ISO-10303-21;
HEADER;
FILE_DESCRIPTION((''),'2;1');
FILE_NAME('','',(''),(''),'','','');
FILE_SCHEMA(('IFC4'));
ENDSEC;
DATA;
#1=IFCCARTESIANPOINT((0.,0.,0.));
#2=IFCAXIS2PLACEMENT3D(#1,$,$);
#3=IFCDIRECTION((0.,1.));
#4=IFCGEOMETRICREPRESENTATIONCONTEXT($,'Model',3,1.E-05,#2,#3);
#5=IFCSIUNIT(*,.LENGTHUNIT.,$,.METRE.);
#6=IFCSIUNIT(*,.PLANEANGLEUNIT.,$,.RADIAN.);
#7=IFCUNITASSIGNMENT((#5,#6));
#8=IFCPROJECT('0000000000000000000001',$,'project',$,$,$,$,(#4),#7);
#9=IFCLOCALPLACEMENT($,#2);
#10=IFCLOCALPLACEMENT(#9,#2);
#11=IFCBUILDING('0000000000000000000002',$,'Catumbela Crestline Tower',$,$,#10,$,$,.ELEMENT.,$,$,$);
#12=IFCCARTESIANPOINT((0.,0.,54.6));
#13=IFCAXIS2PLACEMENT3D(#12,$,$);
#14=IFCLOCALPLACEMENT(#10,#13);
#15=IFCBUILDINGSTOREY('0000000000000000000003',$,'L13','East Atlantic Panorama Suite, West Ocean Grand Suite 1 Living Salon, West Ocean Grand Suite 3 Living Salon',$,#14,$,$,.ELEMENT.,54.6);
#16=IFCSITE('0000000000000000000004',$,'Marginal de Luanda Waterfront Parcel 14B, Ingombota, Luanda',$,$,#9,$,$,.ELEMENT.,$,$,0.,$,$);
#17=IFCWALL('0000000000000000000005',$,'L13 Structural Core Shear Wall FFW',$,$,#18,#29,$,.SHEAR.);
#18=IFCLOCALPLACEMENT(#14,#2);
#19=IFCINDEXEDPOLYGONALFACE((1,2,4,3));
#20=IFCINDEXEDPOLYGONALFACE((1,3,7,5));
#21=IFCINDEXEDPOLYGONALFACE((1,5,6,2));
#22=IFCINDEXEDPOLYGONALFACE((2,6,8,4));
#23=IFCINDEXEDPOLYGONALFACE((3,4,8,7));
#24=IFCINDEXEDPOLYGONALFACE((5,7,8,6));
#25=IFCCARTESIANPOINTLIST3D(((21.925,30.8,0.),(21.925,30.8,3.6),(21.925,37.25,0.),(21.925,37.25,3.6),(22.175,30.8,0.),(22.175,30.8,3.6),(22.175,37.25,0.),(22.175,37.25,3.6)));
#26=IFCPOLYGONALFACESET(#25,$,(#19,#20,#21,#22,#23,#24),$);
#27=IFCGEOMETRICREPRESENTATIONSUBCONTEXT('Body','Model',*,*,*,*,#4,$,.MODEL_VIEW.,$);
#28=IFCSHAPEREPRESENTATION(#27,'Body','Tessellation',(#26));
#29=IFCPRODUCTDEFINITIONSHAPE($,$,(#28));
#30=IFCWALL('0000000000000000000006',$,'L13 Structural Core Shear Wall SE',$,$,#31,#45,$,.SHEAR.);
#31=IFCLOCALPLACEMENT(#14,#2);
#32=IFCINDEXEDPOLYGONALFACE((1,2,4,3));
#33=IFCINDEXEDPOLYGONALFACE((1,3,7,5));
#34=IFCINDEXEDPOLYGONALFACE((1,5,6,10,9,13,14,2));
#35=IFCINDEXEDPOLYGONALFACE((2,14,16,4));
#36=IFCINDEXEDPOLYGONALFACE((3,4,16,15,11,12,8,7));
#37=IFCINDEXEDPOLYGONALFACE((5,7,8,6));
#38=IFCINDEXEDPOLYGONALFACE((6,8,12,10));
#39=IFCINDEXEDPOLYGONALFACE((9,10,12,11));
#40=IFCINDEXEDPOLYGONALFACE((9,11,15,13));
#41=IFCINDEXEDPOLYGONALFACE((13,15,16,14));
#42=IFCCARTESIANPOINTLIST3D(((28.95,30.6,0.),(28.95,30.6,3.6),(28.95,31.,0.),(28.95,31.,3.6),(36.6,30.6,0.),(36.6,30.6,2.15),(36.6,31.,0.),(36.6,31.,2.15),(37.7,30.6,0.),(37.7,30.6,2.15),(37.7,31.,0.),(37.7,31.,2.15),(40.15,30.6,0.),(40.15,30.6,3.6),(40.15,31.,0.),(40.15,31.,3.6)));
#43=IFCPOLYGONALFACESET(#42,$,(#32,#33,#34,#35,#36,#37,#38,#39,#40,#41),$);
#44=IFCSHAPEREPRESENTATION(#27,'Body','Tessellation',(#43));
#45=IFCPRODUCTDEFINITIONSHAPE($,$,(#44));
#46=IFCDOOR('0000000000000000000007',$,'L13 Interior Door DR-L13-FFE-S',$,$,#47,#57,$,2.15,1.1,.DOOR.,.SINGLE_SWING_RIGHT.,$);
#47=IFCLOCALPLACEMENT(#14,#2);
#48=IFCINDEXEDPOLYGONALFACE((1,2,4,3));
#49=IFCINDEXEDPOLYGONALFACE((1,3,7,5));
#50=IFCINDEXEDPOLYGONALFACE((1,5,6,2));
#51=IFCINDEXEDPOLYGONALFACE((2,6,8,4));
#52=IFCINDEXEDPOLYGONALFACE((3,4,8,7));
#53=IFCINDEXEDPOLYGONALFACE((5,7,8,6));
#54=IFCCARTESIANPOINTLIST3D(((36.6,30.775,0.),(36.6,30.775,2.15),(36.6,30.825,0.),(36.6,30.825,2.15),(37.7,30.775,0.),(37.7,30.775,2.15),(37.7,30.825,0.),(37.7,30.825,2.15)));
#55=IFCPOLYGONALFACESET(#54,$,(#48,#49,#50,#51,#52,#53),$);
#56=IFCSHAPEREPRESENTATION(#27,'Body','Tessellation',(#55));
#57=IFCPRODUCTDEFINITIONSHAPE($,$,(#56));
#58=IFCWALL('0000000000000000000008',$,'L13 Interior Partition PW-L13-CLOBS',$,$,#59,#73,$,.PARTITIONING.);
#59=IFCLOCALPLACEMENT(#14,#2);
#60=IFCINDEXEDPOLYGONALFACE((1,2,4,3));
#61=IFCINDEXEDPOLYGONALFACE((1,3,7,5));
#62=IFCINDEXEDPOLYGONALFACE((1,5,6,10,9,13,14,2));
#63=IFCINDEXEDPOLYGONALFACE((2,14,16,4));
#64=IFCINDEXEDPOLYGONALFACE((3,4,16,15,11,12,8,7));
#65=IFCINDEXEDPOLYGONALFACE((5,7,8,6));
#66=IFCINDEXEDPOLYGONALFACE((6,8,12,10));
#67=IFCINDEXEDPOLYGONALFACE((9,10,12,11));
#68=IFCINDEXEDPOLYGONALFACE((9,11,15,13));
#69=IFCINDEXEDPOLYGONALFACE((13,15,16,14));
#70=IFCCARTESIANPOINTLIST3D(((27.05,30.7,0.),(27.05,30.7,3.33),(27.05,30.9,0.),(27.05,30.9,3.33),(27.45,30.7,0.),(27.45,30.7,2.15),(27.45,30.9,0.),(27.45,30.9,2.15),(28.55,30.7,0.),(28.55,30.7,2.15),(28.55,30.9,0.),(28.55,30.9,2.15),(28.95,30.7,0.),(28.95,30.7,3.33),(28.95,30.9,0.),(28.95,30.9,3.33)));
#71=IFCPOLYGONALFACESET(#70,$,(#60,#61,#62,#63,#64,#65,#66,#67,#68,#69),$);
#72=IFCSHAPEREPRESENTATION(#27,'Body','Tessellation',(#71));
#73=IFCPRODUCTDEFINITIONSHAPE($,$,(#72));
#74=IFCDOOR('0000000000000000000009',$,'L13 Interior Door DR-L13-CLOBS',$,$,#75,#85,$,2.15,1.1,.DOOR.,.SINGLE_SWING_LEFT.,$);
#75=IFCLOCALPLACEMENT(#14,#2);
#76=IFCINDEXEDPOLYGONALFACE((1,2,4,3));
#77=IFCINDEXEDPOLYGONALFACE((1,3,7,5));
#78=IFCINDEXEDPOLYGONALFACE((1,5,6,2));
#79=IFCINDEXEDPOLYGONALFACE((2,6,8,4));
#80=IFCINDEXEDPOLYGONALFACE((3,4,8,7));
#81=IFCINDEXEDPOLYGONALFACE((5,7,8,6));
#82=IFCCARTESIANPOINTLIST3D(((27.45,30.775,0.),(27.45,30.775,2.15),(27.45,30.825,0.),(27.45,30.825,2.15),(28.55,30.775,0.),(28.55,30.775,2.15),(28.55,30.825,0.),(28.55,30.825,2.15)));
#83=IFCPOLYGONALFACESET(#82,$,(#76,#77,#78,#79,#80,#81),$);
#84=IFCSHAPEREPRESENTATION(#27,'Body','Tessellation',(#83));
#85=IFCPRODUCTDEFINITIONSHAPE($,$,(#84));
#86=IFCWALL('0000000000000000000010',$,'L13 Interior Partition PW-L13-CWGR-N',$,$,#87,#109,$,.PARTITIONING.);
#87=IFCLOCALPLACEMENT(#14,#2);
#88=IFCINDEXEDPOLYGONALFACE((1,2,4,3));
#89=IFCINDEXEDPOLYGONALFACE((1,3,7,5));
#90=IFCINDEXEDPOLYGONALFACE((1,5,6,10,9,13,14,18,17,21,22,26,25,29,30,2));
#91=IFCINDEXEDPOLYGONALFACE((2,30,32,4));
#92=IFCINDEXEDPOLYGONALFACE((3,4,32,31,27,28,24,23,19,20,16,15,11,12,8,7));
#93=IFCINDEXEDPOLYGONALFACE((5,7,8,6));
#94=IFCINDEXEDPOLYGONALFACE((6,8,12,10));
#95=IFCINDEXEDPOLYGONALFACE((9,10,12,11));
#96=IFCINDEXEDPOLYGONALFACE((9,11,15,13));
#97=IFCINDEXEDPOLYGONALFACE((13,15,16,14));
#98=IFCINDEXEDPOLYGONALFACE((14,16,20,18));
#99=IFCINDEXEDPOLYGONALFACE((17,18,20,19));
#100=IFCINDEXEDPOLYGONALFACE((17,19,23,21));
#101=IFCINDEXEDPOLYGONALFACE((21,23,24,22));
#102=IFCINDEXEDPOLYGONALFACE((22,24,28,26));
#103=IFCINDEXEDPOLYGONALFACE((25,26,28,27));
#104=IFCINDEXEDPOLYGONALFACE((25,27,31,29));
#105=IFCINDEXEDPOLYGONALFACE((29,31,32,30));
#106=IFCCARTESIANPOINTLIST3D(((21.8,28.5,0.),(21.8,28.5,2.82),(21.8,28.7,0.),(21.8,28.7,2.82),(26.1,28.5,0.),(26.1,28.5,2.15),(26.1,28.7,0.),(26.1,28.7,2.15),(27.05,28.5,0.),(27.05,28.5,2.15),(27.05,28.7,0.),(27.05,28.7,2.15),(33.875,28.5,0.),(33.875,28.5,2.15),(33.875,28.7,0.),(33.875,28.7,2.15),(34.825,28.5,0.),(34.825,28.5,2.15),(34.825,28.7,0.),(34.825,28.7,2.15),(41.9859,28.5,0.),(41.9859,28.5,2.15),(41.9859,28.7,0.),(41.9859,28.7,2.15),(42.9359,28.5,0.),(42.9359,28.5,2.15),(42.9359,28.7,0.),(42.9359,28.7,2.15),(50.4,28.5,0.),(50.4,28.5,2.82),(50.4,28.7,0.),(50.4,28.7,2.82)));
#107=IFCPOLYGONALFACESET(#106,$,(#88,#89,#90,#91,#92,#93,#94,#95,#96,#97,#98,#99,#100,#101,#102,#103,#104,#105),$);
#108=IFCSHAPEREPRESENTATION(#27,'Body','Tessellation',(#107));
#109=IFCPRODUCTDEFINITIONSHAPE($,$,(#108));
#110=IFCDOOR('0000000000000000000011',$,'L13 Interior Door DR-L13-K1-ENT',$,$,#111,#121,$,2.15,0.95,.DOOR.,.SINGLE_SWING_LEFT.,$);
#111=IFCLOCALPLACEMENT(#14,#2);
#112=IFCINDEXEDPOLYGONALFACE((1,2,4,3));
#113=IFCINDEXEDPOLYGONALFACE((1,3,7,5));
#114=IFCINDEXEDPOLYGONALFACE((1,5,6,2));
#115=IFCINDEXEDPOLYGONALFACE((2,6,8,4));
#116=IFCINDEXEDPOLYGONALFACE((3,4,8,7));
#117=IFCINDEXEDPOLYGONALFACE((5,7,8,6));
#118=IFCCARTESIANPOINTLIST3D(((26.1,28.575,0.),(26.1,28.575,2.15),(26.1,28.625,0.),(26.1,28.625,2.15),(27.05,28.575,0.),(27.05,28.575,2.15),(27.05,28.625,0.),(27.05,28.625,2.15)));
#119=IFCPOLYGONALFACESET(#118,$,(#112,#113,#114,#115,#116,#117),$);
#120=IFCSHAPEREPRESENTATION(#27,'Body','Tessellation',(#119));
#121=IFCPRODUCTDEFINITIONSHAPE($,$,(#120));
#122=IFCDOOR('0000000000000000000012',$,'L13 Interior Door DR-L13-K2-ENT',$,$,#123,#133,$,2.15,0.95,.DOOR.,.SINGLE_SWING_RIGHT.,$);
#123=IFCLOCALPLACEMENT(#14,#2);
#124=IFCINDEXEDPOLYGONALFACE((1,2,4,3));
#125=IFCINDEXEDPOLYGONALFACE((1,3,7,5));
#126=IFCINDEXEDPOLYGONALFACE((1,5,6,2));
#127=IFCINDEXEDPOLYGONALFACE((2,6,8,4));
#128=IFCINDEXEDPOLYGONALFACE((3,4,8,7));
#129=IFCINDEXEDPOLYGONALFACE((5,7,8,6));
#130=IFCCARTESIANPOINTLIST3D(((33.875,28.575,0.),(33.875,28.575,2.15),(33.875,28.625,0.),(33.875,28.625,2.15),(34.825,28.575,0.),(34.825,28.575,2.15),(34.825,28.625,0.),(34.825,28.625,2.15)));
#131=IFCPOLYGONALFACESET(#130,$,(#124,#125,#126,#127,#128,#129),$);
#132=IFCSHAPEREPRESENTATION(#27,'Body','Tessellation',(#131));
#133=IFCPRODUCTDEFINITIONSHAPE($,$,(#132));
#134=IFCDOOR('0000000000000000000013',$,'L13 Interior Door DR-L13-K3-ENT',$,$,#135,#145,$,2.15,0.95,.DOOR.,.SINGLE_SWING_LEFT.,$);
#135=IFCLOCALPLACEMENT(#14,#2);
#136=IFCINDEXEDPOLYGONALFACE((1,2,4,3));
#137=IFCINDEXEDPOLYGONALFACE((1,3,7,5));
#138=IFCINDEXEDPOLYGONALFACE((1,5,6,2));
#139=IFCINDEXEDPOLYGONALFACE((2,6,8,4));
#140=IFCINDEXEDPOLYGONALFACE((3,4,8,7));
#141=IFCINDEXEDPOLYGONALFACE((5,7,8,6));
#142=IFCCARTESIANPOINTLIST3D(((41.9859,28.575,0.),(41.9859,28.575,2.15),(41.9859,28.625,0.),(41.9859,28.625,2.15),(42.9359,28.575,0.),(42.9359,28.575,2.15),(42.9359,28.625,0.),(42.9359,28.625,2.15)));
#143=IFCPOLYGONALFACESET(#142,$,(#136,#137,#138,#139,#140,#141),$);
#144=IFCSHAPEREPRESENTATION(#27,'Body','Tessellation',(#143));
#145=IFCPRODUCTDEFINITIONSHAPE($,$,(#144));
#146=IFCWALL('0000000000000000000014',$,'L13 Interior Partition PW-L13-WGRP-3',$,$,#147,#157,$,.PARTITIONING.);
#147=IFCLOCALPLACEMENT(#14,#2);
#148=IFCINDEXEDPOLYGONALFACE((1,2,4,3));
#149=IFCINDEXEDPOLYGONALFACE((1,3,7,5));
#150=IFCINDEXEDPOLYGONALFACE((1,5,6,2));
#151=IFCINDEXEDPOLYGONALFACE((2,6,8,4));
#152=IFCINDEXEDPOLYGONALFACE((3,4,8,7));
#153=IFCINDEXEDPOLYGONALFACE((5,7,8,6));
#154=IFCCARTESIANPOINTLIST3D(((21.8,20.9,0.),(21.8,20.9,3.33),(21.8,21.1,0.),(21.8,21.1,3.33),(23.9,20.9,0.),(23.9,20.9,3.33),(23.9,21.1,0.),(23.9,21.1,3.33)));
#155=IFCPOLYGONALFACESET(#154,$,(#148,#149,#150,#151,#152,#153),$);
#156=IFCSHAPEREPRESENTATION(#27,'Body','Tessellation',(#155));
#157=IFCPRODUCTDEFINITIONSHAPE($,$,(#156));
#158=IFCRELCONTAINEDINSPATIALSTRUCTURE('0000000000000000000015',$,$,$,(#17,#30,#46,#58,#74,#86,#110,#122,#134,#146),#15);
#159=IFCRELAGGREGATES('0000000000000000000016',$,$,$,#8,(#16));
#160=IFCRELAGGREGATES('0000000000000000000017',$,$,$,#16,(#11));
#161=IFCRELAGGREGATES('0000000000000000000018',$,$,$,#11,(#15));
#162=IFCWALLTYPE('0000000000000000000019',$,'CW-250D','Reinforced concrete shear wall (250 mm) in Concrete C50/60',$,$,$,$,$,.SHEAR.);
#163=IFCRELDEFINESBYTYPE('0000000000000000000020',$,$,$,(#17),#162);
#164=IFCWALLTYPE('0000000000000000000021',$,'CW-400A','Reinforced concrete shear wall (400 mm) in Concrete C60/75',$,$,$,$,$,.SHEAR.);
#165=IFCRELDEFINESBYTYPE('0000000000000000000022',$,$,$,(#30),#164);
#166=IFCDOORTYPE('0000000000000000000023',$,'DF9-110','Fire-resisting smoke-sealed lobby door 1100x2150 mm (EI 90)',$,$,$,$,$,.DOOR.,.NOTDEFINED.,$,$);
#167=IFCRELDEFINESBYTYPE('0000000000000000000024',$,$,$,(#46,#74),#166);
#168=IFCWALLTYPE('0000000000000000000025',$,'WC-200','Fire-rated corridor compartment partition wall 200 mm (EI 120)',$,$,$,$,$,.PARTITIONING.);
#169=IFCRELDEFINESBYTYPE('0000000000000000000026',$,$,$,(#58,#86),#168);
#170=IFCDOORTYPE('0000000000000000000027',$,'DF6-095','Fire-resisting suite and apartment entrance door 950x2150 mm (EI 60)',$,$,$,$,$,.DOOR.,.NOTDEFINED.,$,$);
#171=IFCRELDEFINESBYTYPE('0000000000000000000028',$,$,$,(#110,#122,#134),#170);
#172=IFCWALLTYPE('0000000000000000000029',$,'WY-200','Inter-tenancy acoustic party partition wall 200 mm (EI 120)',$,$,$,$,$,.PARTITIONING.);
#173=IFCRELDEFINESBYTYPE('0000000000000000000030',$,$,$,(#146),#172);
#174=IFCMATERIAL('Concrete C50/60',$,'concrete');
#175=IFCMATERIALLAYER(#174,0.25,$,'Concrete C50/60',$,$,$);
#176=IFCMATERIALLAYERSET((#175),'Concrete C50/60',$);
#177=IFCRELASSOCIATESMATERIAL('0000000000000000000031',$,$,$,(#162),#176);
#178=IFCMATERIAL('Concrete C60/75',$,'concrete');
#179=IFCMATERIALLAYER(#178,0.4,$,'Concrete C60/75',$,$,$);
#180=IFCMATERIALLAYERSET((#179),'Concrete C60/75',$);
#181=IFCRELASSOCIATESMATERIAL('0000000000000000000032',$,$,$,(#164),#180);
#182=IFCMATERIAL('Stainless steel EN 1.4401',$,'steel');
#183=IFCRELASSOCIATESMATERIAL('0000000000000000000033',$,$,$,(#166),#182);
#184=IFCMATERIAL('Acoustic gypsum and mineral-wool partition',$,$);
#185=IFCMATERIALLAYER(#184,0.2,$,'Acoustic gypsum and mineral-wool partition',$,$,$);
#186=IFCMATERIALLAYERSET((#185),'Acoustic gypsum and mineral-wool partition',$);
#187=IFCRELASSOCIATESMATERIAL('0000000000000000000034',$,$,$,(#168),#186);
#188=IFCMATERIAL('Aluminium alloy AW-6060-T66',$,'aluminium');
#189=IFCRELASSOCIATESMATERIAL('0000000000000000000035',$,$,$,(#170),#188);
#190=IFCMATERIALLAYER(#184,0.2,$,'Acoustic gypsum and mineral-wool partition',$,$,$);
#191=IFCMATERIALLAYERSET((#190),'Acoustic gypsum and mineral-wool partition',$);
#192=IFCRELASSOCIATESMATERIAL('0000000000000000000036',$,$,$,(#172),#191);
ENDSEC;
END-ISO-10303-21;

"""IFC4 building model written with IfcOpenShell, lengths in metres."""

from ifc_helpers import new_model, si_unit, direction, frame, frame_2d, origin, place, context, subcontext, project, spatial, rectangle, extrude, material, layer, layer_set, type_object, element, fill, save


model = new_model("IFC4")

# Units and contexts
model_context = context("Model", 3, precision=1e-05, world=origin(), true_north=direction((0.0, 1.0)))
body_context = subcontext(model_context, "Body", "Model", "MODEL_VIEW")
ifc_project = project(units=[si_unit("LENGTHUNIT", "METRE"), si_unit("PLANEANGLEUNIT", "RADIAN")], contexts=[model_context])

# Site, building, storey
site_placement = place(None, origin())
site = spatial("IfcSite", under=ifc_project, at=site_placement, Name="Marginal de Luanda Waterfront Parcel 14B, Ingombota, Luanda", CompositionType="ELEMENT", RefElevation=0.0)
building_placement = place(site_placement, origin())
building = spatial("IfcBuilding", under=site, at=building_placement, Name="Catumbela Crestline Tower", CompositionType="ELEMENT")
storey_placement = place(building_placement, frame((0.0, 0.0, 54.6)))
storey = spatial("IfcBuildingStorey", under=building, at=storey_placement, Name="L13", Description="East Atlantic Panorama Suite, West Ocean Grand Suite 1 Living Salon, West Ocean Grand Suite 3 Living Salon", CompositionType="ELEMENT", Elevation=54.6)

# Shared definitions
ifc_material_1 = material(Name="Concrete C60/75", Category="concrete")

# Shared definitions
ifc_material_2 = material(Name="Aluminium alloy AW-6060-T66", Category="aluminium")

# Wall
ifc_material_3 = material(Name="Concrete C50/60", Category="concrete")
ifc_layer_1 = layer(ifc_material_3, 0.25, Name="Concrete C50/60")
ifc_layer_set_1 = layer_set([ifc_layer_1], Name="Concrete C50/60")
wall_type_1 = type_object("IfcWallType", Name="CW-250D", Description="Reinforced concrete shear wall (250 mm) in Concrete C50/60", PredefinedType="SHEAR", material=ifc_layer_set_1)
wall_1_placement = place(storey_placement, frame((22.05, 30.8, 0.0), z_axis=(0.0, 0.0, 1.0), x_axis=(0.0, 1.0, 0.0)))
element("IfcWall", 1, at=wall_1_placement, inside=storey, type_object=wall_type_1, Name="L13 Structural Core Shear Wall FFW", PredefinedType="SHEAR", context=body_context, shape_type="SweptSolid", body=[
    extrude(rectangle(XDim=6.45, YDim=0.25, at=frame_2d((3.225, 0.0))), origin(), (0.0, 0.0, 1.0), 3.6),
])

# Walls, openings, doors
ifc_layer_2 = layer(ifc_material_1, 0.4, Name="Concrete C60/75")
ifc_layer_set_2 = layer_set([ifc_layer_2], Name="Concrete C60/75")
wall_type_2 = type_object("IfcWallType", Name="CW-400A", Description="Reinforced concrete shear wall (400 mm) in Concrete C60/75", PredefinedType="SHEAR", material=ifc_layer_set_2)
wall_2_placement = place(storey_placement, frame((28.95, 30.8, 0.0), z_axis=(0.0, 0.0, 1.0), x_axis=(1.0, 0.0, 0.0)))
wall_2 = element("IfcWall", 2, at=wall_2_placement, inside=storey, type_object=wall_type_2, Name="L13 Structural Core Shear Wall SE", PredefinedType="SHEAR", context=body_context, shape_type="SweptSolid", body=[
    extrude(rectangle(XDim=11.2, YDim=0.4, at=frame_2d((5.6, 0.0))), origin(), (0.0, 0.0, 1.0), 3.6),
])
opening_1_placement = place(wall_2_placement, frame((7.65, 0.0, 0.0)))
opening_1 = element("IfcOpeningElement", 3, at=opening_1_placement, cuts=wall_2, PredefinedType="OPENING", context=body_context, shape_type="SweptSolid", body=[
    extrude(rectangle(XDim=1.1, YDim=2.15, at=frame_2d((0.55, 1.075))), frame((0.0, 0.21, 0.0), z_axis=(0.0, -1.0, 0.0), x_axis=(1.0, 0.0, 0.0)), (0.0, 0.0, 1.0), 0.42),
])
ifc_material_4 = material(Name="Stainless steel EN 1.4401", Category="steel")
door_type_1 = type_object("IfcDoorType", Name="DF9-110", Description="Fire-resisting smoke-sealed lobby door 1100x2150 mm (EI 90)", OperationType="NOTDEFINED", PredefinedType="DOOR", material=ifc_material_4)
door_1_placement = place(opening_1_placement, origin())
door_1 = element("IfcDoor", 4, at=door_1_placement, inside=storey, type_object=door_type_1, Name="L13 Interior Door DR-L13-FFE-S", OperationType="SINGLE_SWING_RIGHT", OverallHeight=2.15, OverallWidth=1.1, PredefinedType="DOOR", context=body_context, shape_type="SweptSolid", body=[
    extrude(rectangle(XDim=1.1, YDim=2.15, at=frame_2d((0.55, 1.075))), frame((0.0, 0.025, 0.0), z_axis=(0.0, -1.0, 0.0), x_axis=(1.0, 0.0, 0.0)), (0.0, 0.0, 1.0), 0.05),
])
fill(opening_1, door_1)
ifc_material_5 = material(Name="Acoustic gypsum and mineral-wool partition")
ifc_layer_3 = layer(ifc_material_5, 0.2, Name="Acoustic gypsum and mineral-wool partition")
ifc_layer_set_3 = layer_set([ifc_layer_3], Name="Acoustic gypsum and mineral-wool partition")
wall_type_3 = type_object("IfcWallType", Name="WC-200", Description="Fire-rated corridor compartment partition wall 200 mm (EI 120)", PredefinedType="PARTITIONING", material=ifc_layer_set_3)
wall_3_placement = place(storey_placement, frame((27.05, 30.8, 0.0), z_axis=(0.0, 0.0, 1.0), x_axis=(1.0, 0.0, 0.0)))
wall_3 = element("IfcWall", 5, at=wall_3_placement, inside=storey, type_object=wall_type_3, Name="L13 Interior Partition PW-L13-CLOBS", PredefinedType="PARTITIONING", context=body_context, shape_type="SweptSolid", body=[
    extrude(rectangle(XDim=1.9, YDim=0.2, at=frame_2d((0.95, 0.0))), origin(), (0.0, 0.0, 1.0), 3.33),
])
opening_2_placement = place(wall_3_placement, frame((0.4, 0.0, 0.0)))
opening_2 = element("IfcOpeningElement", 6, at=opening_2_placement, cuts=wall_3, PredefinedType="OPENING", context=body_context, shape_type="SweptSolid", body=[
    extrude(rectangle(XDim=1.1, YDim=2.15, at=frame_2d((0.55, 1.075))), frame((0.0, 0.11, 0.0), z_axis=(0.0, -1.0, 0.0), x_axis=(1.0, 0.0, 0.0)), (0.0, 0.0, 1.0), 0.22),
])
door_2_placement = place(opening_2_placement, origin())
door_2 = element("IfcDoor", 7, at=door_2_placement, inside=storey, type_object=door_type_1, Name="L13 Interior Door DR-L13-CLOBS", OperationType="SINGLE_SWING_LEFT", OverallHeight=2.15, OverallWidth=1.1, PredefinedType="DOOR", context=body_context, shape_type="SweptSolid", body=[
    extrude(rectangle(XDim=1.1, YDim=2.15, at=frame_2d((0.55, 1.075))), frame((0.0, 0.025, 0.0), z_axis=(0.0, -1.0, 0.0), x_axis=(1.0, 0.0, 0.0)), (0.0, 0.0, 1.0), 0.05),
])
fill(opening_2, door_2)

# Wall, openings, doors
wall_4_placement = place(storey_placement, frame((21.8, 28.6, 0.0), z_axis=(0.0, 0.0, 1.0), x_axis=(1.0, 0.0, 0.0)))
wall_4 = element("IfcWall", 8, at=wall_4_placement, inside=storey, type_object=wall_type_3, Name="L13 Interior Partition PW-L13-CWGR-N", PredefinedType="PARTITIONING", context=body_context, shape_type="SweptSolid", body=[
    extrude(rectangle(XDim=28.6, YDim=0.2, at=frame_2d((14.3, 0.0))), origin(), (0.0, 0.0, 1.0), 2.82),
])
opening_3_placement = place(wall_4_placement, frame((4.3, 0.0, 0.0)))
opening_3 = element("IfcOpeningElement", 9, at=opening_3_placement, cuts=wall_4, PredefinedType="OPENING", context=body_context, shape_type="SweptSolid", body=[
    extrude(rectangle(XDim=0.95, YDim=2.15, at=frame_2d((0.475, 1.075))), frame((0.0, 0.11, 0.0), z_axis=(0.0, -1.0, 0.0), x_axis=(1.0, 0.0, 0.0)), (0.0, 0.0, 1.0), 0.22),
])
opening_4_placement = place(wall_4_placement, frame((12.075, 0.0, 0.0)))
opening_4 = element("IfcOpeningElement", 10, at=opening_4_placement, cuts=wall_4, PredefinedType="OPENING", context=body_context, shape_type="SweptSolid", body=[
    extrude(rectangle(XDim=0.95, YDim=2.15, at=frame_2d((0.475, 1.075))), frame((0.0, 0.11, 0.0), z_axis=(0.0, -1.0, 0.0), x_axis=(1.0, 0.0, 0.0)), (0.0, 0.0, 1.0), 0.22),
])
opening_5_placement = place(wall_4_placement, frame((20.1859, 0.0, 0.0)))
opening_5 = element("IfcOpeningElement", 11, at=opening_5_placement, cuts=wall_4, PredefinedType="OPENING", context=body_context, shape_type="SweptSolid", body=[
    extrude(rectangle(XDim=0.95, YDim=2.15, at=frame_2d((0.475, 1.075))), frame((0.0, 0.11, 0.0), z_axis=(0.0, -1.0, 0.0), x_axis=(1.0, 0.0, 0.0)), (0.0, 0.0, 1.0), 0.22),
])
door_type_2 = type_object("IfcDoorType", Name="DF6-095", Description="Fire-resisting suite and apartment entrance door 950x2150 mm (EI 60)", OperationType="NOTDEFINED", PredefinedType="DOOR", material=ifc_material_2)
door_3_placement = place(opening_3_placement, origin())
door_3 = element("IfcDoor", 12, at=door_3_placement, inside=storey, type_object=door_type_2, Name="L13 Interior Door DR-L13-K1-ENT", OperationType="SINGLE_SWING_LEFT", OverallHeight=2.15, OverallWidth=0.95, PredefinedType="DOOR", context=body_context, shape_type="SweptSolid", body=[
    extrude(rectangle(XDim=0.95, YDim=2.15, at=frame_2d((0.475, 1.075))), frame((0.0, 0.025, 0.0), z_axis=(0.0, -1.0, 0.0), x_axis=(1.0, 0.0, 0.0)), (0.0, 0.0, 1.0), 0.05),
])
fill(opening_3, door_3)
door_4_placement = place(opening_4_placement, origin())
door_4 = element("IfcDoor", 13, at=door_4_placement, inside=storey, type_object=door_type_2, Name="L13 Interior Door DR-L13-K2-ENT", OperationType="SINGLE_SWING_RIGHT", OverallHeight=2.15, OverallWidth=0.95, PredefinedType="DOOR", context=body_context, shape_type="SweptSolid", body=[
    extrude(rectangle(XDim=0.95, YDim=2.15, at=frame_2d((0.475, 1.075))), frame((0.0, 0.025, 0.0), z_axis=(0.0, -1.0, 0.0), x_axis=(1.0, 0.0, 0.0)), (0.0, 0.0, 1.0), 0.05),
])
fill(opening_4, door_4)
door_5_placement = place(opening_5_placement, origin())
door_5 = element("IfcDoor", 14, at=door_5_placement, inside=storey, type_object=door_type_2, Name="L13 Interior Door DR-L13-K3-ENT", OperationType="SINGLE_SWING_LEFT", OverallHeight=2.15, OverallWidth=0.95, PredefinedType="DOOR", context=body_context, shape_type="SweptSolid", body=[
    extrude(rectangle(XDim=0.95, YDim=2.15, at=frame_2d((0.475, 1.075))), frame((0.0, 0.025, 0.0), z_axis=(0.0, -1.0, 0.0), x_axis=(1.0, 0.0, 0.0)), (0.0, 0.0, 1.0), 0.05),
])
fill(opening_5, door_5)

# Wall
ifc_layer_4 = layer(ifc_material_5, 0.2, Name="Acoustic gypsum and mineral-wool partition")
ifc_layer_set_4 = layer_set([ifc_layer_4], Name="Acoustic gypsum and mineral-wool partition")
wall_type_4 = type_object("IfcWallType", Name="WY-200", Description="Inter-tenancy acoustic party partition wall 200 mm (EI 120)", PredefinedType="PARTITIONING", material=ifc_layer_set_4)
wall_5_placement = place(storey_placement, frame((21.8, 21.0, 0.0), z_axis=(0.0, 0.0, 1.0), x_axis=(1.0, 0.0, 0.0)))
element("IfcWall", 15, at=wall_5_placement, inside=storey, type_object=wall_type_4, Name="L13 Interior Partition PW-L13-WGRP-3", PredefinedType="PARTITIONING", context=body_context, shape_type="SweptSolid", body=[
    extrude(rectangle(XDim=2.1, YDim=0.2, at=frame_2d((1.05, 0.0))), origin(), (0.0, 0.0, 1.0), 3.33),
])

save(model, "model.ifc")
